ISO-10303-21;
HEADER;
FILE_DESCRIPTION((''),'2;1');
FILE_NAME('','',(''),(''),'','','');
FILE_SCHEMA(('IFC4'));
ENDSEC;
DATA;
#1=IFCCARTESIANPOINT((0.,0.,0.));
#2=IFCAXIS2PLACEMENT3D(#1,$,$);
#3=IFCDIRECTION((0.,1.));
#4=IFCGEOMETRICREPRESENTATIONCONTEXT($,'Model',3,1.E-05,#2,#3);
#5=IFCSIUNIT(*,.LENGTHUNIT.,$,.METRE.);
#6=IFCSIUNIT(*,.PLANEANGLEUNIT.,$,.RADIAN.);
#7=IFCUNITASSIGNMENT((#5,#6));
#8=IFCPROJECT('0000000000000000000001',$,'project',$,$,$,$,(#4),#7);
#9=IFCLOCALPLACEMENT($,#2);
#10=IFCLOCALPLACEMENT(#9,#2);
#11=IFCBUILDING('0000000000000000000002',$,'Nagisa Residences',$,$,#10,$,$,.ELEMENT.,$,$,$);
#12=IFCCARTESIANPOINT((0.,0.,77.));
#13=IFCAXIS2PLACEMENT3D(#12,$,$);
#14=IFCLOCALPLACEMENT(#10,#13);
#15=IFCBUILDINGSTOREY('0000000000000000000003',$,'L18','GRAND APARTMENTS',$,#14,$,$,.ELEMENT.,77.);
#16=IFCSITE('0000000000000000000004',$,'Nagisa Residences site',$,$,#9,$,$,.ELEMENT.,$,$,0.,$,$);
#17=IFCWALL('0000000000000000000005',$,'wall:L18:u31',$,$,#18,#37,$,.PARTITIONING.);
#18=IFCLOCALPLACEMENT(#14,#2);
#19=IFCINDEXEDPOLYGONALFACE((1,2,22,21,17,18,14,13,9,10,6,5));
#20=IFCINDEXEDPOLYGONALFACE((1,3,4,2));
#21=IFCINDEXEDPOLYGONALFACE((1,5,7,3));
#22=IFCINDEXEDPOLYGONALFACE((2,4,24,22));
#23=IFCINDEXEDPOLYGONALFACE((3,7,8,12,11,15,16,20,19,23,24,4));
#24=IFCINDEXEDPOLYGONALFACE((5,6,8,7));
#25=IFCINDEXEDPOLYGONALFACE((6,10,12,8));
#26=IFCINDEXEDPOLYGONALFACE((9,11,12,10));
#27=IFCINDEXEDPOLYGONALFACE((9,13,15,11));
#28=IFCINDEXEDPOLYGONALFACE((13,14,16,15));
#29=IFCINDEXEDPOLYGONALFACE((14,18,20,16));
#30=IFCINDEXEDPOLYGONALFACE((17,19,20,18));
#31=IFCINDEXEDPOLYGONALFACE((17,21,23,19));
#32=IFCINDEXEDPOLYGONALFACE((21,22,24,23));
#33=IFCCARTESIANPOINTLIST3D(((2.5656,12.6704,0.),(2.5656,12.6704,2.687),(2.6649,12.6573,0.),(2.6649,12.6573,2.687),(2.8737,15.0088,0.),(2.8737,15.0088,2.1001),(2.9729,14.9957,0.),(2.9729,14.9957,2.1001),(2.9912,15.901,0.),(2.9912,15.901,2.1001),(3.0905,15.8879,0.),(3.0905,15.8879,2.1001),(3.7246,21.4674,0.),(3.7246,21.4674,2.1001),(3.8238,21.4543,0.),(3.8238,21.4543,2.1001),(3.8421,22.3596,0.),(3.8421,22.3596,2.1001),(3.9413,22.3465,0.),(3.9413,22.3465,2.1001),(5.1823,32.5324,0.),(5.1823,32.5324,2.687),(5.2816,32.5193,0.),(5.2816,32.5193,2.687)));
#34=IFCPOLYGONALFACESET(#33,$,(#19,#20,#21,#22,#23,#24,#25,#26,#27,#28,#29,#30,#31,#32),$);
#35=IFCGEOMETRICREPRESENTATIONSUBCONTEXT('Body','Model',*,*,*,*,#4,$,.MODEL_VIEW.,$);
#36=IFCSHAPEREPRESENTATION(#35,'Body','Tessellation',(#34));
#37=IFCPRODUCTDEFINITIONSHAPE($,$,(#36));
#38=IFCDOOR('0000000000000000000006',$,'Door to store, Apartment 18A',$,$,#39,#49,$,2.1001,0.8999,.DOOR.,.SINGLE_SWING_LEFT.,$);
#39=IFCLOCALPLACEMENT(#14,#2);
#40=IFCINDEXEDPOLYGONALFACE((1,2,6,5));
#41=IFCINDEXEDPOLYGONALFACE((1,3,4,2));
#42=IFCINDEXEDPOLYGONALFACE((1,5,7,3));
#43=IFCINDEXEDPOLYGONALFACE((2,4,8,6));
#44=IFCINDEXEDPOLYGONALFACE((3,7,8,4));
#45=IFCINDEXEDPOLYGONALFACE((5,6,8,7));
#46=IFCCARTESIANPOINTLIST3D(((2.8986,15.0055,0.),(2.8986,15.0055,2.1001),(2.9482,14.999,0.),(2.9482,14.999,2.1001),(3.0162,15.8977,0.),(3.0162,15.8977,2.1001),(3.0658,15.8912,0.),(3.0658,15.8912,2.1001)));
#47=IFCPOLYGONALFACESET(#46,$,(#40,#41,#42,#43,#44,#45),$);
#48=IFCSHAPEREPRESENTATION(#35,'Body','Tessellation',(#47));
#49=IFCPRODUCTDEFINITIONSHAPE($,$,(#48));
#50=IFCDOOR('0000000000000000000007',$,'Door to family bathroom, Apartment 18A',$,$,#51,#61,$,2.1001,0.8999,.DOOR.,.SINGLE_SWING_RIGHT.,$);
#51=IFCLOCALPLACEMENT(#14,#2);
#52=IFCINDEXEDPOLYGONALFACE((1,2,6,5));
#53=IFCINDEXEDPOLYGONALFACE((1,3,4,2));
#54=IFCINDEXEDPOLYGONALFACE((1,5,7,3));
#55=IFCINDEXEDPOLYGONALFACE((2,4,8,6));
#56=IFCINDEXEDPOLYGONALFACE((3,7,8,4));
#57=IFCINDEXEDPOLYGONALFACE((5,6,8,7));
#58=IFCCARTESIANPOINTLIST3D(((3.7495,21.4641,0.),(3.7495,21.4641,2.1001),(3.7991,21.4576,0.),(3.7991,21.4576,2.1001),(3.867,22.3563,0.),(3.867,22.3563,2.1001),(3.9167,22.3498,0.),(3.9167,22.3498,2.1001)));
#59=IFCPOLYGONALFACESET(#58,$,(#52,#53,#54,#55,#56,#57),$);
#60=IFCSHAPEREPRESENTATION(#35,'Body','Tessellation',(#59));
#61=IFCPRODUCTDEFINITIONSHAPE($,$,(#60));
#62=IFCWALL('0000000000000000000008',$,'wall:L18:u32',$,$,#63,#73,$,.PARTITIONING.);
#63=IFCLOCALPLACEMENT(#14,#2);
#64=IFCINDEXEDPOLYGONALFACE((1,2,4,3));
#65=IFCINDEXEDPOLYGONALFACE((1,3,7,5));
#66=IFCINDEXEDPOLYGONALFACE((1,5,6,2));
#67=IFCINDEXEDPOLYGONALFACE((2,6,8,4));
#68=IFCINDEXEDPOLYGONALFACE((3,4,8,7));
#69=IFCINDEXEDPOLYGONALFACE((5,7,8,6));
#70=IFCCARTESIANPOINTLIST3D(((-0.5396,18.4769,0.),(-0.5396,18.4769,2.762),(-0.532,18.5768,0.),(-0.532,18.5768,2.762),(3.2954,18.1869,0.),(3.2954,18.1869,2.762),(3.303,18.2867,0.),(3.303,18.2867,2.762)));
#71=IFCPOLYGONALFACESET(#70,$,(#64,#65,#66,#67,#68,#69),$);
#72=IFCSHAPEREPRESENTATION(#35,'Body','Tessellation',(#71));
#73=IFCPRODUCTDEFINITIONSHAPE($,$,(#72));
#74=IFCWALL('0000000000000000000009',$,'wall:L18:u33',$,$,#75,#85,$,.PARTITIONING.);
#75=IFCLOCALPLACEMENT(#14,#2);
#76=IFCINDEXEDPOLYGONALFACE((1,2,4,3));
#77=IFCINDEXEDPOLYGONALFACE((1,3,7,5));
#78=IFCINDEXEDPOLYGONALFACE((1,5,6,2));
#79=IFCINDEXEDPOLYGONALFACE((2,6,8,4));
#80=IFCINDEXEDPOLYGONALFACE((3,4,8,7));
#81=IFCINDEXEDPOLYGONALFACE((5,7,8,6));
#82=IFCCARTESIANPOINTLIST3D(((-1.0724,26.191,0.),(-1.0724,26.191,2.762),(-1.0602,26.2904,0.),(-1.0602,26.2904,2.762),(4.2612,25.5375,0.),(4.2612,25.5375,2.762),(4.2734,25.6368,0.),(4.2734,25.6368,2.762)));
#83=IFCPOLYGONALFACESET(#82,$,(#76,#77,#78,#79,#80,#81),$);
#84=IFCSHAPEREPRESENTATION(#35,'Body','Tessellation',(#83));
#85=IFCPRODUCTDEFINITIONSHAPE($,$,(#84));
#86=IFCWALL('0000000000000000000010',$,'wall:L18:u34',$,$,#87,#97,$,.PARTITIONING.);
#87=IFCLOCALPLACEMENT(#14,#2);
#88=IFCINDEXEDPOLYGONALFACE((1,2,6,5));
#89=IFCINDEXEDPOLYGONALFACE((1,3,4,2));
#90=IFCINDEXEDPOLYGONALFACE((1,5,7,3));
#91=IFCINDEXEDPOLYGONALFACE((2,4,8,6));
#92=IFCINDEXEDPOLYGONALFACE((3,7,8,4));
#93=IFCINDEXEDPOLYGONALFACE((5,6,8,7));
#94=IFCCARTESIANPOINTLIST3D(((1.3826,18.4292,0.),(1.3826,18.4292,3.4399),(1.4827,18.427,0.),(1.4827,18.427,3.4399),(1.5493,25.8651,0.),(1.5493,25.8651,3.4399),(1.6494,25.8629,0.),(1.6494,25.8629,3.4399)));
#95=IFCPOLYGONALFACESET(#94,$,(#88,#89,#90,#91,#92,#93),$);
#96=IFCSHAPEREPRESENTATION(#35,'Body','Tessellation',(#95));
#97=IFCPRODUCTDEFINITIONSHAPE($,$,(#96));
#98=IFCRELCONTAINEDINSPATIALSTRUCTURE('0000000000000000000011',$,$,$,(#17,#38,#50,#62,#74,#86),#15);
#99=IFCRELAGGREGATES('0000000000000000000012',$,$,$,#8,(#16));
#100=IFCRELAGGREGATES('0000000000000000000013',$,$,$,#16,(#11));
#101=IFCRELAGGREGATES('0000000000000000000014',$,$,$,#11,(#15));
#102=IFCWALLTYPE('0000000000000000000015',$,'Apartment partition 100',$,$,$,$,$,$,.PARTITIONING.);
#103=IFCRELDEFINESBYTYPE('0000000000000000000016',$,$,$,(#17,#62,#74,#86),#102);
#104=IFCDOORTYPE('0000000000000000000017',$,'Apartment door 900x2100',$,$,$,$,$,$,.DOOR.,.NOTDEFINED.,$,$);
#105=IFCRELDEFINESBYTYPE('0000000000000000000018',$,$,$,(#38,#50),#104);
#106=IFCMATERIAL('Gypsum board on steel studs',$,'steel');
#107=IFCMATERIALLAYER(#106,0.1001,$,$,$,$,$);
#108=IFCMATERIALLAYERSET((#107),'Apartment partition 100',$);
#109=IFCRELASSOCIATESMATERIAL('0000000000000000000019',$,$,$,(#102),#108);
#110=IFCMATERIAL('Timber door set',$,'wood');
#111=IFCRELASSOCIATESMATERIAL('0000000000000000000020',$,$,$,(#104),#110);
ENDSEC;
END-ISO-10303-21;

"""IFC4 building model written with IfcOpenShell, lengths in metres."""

from ifc_helpers import new_model, si_unit, direction, frame, frame_2d, origin, place, context, subcontext, project, spatial, rectangle, extrude, material, layer, layer_set, type_object, element, fill, save


model = new_model("IFC4")

# Units and contexts
model_context = context("Model", 3, precision=1e-05, world=origin(), true_north=direction((0.0, 1.0)))
body_context = subcontext(model_context, "Body", "Model", "MODEL_VIEW")
ifc_project = project(units=[si_unit("LENGTHUNIT", "METRE"), si_unit("PLANEANGLEUNIT", "RADIAN")], contexts=[model_context])

# Site, building, storey
site_placement = place(None, origin())
site = spatial("IfcSite", under=ifc_project, at=site_placement, Name="Nagisa Residences site", CompositionType="ELEMENT", RefElevation=0.0)
building_placement = place(site_placement, origin())
building = spatial("IfcBuilding", under=site, at=building_placement, Name="Nagisa Residences", CompositionType="ELEMENT")
storey_placement = place(building_placement, frame((0.0, 0.0, 77.0)))
storey = spatial("IfcBuildingStorey", under=building, at=storey_placement, Name="L18", Description="GRAND APARTMENTS", CompositionType="ELEMENT", Elevation=77.0)

# Shared definitions
ifc_material_1 = material(Name="Gypsum board on steel studs", Category="steel")
ifc_layer_1 = layer(ifc_material_1, 0.1001)
ifc_layer_set_1 = layer_set([ifc_layer_1], Name="Apartment partition 100")
wall_type_1 = type_object("IfcWallType", Name="Apartment partition 100", PredefinedType="PARTITIONING", material=ifc_layer_set_1)

# Shared definitions
ifc_material_2 = material(Name="Timber door set", Category="wood")
door_type_1 = type_object("IfcDoorType", Name="Apartment door 900x2100", OperationType="NOTDEFINED", PredefinedType="DOOR", material=ifc_material_2)

# Wall, openings, doors
wall_1_placement = place(storey_placement, frame((2.6152, 12.6638, 0.0), z_axis=(0.0, 0.0, 1.0), x_axis=(0.130615, 0.991433, 0.0)))
wall_1 = element("IfcWall", 1, at=wall_1_placement, inside=storey, type_object=wall_type_1, Name="wall:L18:u31", PredefinedType="PARTITIONING", context=body_context, shape_type="SweptSolid", body=[
    extrude(rectangle(XDim=20.0337, YDim=0.1001, at=frame_2d((10.0168, 0.0))), origin(), (0.0, 0.0, 1.0), 2.687),
])
opening_1_placement = place(wall_1_placement, frame((2.3586, 0.0, 0.0)))
opening_1 = element("IfcOpeningElement", 2, at=opening_1_placement, cuts=wall_1, PredefinedType="OPENING", context=body_context, shape_type="SweptSolid", body=[
    extrude(rectangle(XDim=0.8999, YDim=2.1001, at=frame_2d((0.45, 1.05))), frame((0.0, 0.0601, 0.0), z_axis=(0.0, -1.0, 0.0), x_axis=(1.0, 0.0, 0.0)), (0.0, 0.0, 1.0), 0.1201),
])
opening_2_placement = place(wall_1_placement, frame((8.873, 0.0, 0.0)))
opening_2 = element("IfcOpeningElement", 3, at=opening_2_placement, cuts=wall_1, PredefinedType="OPENING", context=body_context, shape_type="SweptSolid", body=[
    extrude(rectangle(XDim=0.8999, YDim=2.1001, at=frame_2d((0.45, 1.05))), frame((0.0, 0.0601, 0.0), z_axis=(0.0, -1.0, 0.0), x_axis=(1.0, 0.0, 0.0)), (0.0, 0.0, 1.0), 0.1201),
])
door_1_placement = place(opening_1_placement, origin())
door_1 = element("IfcDoor", 4, at=door_1_placement, inside=storey, type_object=door_type_1, Name="Door to store, Apartment 18A", OperationType="SINGLE_SWING_LEFT", OverallHeight=2.1001, OverallWidth=0.8999, PredefinedType="DOOR", context=body_context, shape_type="SweptSolid", body=[
    extrude(rectangle(XDim=0.8999, YDim=2.1001, at=frame_2d((0.45, 1.05))), frame((0.0, 0.0249, 0.0), z_axis=(0.0, -1.0, 0.0), x_axis=(1.0, 0.0, 0.0)), (0.0, 0.0, 1.0), 0.05),
])
fill(opening_1, door_1)
door_2_placement = place(opening_2_placement, origin())
door_2 = element("IfcDoor", 5, at=door_2_placement, inside=storey, type_object=door_type_1, Name="Door to family bathroom, Apartment 18A", OperationType="SINGLE_SWING_RIGHT", OverallHeight=2.1001, OverallWidth=0.8999, PredefinedType="DOOR", context=body_context, shape_type="SweptSolid", body=[
    extrude(rectangle(XDim=0.8999, YDim=2.1001, at=frame_2d((0.45, 1.05))), frame((0.0, 0.0249, 0.0), z_axis=(0.0, -1.0, 0.0), x_axis=(1.0, 0.0, 0.0)), (0.0, 0.0, 1.0), 0.05),
])
fill(opening_2, door_2)

# Walls
wall_2_placement = place(storey_placement, frame((3.2991, 18.2368, 0.0), z_axis=(0.0, 0.0, 1.0), x_axis=(-0.997152, 0.075415, 0.0)))
element("IfcWall", 6, at=wall_2_placement, inside=storey, type_object=wall_type_1, Name="wall:L18:u32", PredefinedType="PARTITIONING", context=body_context, shape_type="SweptSolid", body=[
    extrude(rectangle(XDim=3.8459, YDim=0.1001, at=frame_2d((1.9229, 0.0))), origin(), (0.0, 0.0, 1.0), 2.762),
])
wall_3_placement = place(storey_placement, frame((4.2673, 25.5872, 0.0), z_axis=(0.0, 0.0, 1.0), x_axis=(-0.992576, 0.121624, 0.0)))
element("IfcWall", 7, at=wall_3_placement, inside=storey, type_object=wall_type_1, Name="wall:L18:u33", PredefinedType="PARTITIONING", context=body_context, shape_type="SweptSolid", body=[
    extrude(rectangle(XDim=5.3735, YDim=0.1001, at=frame_2d((2.6868, 0.0))), origin(), (0.0, 0.0, 1.0), 2.762),
])
wall_4_placement = place(storey_placement, frame((1.4326, 18.4282, 0.0), z_axis=(0.0, 0.0, 1.0), x_axis=(0.022419, 0.999749, 0.0)))
element("IfcWall", 8, at=wall_4_placement, inside=storey, type_object=wall_type_1, Name="wall:L18:u34", PredefinedType="PARTITIONING", context=body_context, shape_type="SweptSolid", body=[
    extrude(rectangle(XDim=7.4377, YDim=0.1001, at=frame_2d((3.7188, 0.0))), origin(), (0.0, 0.0, 1.0), 3.4399),
])

save(model, "model.ifc")
